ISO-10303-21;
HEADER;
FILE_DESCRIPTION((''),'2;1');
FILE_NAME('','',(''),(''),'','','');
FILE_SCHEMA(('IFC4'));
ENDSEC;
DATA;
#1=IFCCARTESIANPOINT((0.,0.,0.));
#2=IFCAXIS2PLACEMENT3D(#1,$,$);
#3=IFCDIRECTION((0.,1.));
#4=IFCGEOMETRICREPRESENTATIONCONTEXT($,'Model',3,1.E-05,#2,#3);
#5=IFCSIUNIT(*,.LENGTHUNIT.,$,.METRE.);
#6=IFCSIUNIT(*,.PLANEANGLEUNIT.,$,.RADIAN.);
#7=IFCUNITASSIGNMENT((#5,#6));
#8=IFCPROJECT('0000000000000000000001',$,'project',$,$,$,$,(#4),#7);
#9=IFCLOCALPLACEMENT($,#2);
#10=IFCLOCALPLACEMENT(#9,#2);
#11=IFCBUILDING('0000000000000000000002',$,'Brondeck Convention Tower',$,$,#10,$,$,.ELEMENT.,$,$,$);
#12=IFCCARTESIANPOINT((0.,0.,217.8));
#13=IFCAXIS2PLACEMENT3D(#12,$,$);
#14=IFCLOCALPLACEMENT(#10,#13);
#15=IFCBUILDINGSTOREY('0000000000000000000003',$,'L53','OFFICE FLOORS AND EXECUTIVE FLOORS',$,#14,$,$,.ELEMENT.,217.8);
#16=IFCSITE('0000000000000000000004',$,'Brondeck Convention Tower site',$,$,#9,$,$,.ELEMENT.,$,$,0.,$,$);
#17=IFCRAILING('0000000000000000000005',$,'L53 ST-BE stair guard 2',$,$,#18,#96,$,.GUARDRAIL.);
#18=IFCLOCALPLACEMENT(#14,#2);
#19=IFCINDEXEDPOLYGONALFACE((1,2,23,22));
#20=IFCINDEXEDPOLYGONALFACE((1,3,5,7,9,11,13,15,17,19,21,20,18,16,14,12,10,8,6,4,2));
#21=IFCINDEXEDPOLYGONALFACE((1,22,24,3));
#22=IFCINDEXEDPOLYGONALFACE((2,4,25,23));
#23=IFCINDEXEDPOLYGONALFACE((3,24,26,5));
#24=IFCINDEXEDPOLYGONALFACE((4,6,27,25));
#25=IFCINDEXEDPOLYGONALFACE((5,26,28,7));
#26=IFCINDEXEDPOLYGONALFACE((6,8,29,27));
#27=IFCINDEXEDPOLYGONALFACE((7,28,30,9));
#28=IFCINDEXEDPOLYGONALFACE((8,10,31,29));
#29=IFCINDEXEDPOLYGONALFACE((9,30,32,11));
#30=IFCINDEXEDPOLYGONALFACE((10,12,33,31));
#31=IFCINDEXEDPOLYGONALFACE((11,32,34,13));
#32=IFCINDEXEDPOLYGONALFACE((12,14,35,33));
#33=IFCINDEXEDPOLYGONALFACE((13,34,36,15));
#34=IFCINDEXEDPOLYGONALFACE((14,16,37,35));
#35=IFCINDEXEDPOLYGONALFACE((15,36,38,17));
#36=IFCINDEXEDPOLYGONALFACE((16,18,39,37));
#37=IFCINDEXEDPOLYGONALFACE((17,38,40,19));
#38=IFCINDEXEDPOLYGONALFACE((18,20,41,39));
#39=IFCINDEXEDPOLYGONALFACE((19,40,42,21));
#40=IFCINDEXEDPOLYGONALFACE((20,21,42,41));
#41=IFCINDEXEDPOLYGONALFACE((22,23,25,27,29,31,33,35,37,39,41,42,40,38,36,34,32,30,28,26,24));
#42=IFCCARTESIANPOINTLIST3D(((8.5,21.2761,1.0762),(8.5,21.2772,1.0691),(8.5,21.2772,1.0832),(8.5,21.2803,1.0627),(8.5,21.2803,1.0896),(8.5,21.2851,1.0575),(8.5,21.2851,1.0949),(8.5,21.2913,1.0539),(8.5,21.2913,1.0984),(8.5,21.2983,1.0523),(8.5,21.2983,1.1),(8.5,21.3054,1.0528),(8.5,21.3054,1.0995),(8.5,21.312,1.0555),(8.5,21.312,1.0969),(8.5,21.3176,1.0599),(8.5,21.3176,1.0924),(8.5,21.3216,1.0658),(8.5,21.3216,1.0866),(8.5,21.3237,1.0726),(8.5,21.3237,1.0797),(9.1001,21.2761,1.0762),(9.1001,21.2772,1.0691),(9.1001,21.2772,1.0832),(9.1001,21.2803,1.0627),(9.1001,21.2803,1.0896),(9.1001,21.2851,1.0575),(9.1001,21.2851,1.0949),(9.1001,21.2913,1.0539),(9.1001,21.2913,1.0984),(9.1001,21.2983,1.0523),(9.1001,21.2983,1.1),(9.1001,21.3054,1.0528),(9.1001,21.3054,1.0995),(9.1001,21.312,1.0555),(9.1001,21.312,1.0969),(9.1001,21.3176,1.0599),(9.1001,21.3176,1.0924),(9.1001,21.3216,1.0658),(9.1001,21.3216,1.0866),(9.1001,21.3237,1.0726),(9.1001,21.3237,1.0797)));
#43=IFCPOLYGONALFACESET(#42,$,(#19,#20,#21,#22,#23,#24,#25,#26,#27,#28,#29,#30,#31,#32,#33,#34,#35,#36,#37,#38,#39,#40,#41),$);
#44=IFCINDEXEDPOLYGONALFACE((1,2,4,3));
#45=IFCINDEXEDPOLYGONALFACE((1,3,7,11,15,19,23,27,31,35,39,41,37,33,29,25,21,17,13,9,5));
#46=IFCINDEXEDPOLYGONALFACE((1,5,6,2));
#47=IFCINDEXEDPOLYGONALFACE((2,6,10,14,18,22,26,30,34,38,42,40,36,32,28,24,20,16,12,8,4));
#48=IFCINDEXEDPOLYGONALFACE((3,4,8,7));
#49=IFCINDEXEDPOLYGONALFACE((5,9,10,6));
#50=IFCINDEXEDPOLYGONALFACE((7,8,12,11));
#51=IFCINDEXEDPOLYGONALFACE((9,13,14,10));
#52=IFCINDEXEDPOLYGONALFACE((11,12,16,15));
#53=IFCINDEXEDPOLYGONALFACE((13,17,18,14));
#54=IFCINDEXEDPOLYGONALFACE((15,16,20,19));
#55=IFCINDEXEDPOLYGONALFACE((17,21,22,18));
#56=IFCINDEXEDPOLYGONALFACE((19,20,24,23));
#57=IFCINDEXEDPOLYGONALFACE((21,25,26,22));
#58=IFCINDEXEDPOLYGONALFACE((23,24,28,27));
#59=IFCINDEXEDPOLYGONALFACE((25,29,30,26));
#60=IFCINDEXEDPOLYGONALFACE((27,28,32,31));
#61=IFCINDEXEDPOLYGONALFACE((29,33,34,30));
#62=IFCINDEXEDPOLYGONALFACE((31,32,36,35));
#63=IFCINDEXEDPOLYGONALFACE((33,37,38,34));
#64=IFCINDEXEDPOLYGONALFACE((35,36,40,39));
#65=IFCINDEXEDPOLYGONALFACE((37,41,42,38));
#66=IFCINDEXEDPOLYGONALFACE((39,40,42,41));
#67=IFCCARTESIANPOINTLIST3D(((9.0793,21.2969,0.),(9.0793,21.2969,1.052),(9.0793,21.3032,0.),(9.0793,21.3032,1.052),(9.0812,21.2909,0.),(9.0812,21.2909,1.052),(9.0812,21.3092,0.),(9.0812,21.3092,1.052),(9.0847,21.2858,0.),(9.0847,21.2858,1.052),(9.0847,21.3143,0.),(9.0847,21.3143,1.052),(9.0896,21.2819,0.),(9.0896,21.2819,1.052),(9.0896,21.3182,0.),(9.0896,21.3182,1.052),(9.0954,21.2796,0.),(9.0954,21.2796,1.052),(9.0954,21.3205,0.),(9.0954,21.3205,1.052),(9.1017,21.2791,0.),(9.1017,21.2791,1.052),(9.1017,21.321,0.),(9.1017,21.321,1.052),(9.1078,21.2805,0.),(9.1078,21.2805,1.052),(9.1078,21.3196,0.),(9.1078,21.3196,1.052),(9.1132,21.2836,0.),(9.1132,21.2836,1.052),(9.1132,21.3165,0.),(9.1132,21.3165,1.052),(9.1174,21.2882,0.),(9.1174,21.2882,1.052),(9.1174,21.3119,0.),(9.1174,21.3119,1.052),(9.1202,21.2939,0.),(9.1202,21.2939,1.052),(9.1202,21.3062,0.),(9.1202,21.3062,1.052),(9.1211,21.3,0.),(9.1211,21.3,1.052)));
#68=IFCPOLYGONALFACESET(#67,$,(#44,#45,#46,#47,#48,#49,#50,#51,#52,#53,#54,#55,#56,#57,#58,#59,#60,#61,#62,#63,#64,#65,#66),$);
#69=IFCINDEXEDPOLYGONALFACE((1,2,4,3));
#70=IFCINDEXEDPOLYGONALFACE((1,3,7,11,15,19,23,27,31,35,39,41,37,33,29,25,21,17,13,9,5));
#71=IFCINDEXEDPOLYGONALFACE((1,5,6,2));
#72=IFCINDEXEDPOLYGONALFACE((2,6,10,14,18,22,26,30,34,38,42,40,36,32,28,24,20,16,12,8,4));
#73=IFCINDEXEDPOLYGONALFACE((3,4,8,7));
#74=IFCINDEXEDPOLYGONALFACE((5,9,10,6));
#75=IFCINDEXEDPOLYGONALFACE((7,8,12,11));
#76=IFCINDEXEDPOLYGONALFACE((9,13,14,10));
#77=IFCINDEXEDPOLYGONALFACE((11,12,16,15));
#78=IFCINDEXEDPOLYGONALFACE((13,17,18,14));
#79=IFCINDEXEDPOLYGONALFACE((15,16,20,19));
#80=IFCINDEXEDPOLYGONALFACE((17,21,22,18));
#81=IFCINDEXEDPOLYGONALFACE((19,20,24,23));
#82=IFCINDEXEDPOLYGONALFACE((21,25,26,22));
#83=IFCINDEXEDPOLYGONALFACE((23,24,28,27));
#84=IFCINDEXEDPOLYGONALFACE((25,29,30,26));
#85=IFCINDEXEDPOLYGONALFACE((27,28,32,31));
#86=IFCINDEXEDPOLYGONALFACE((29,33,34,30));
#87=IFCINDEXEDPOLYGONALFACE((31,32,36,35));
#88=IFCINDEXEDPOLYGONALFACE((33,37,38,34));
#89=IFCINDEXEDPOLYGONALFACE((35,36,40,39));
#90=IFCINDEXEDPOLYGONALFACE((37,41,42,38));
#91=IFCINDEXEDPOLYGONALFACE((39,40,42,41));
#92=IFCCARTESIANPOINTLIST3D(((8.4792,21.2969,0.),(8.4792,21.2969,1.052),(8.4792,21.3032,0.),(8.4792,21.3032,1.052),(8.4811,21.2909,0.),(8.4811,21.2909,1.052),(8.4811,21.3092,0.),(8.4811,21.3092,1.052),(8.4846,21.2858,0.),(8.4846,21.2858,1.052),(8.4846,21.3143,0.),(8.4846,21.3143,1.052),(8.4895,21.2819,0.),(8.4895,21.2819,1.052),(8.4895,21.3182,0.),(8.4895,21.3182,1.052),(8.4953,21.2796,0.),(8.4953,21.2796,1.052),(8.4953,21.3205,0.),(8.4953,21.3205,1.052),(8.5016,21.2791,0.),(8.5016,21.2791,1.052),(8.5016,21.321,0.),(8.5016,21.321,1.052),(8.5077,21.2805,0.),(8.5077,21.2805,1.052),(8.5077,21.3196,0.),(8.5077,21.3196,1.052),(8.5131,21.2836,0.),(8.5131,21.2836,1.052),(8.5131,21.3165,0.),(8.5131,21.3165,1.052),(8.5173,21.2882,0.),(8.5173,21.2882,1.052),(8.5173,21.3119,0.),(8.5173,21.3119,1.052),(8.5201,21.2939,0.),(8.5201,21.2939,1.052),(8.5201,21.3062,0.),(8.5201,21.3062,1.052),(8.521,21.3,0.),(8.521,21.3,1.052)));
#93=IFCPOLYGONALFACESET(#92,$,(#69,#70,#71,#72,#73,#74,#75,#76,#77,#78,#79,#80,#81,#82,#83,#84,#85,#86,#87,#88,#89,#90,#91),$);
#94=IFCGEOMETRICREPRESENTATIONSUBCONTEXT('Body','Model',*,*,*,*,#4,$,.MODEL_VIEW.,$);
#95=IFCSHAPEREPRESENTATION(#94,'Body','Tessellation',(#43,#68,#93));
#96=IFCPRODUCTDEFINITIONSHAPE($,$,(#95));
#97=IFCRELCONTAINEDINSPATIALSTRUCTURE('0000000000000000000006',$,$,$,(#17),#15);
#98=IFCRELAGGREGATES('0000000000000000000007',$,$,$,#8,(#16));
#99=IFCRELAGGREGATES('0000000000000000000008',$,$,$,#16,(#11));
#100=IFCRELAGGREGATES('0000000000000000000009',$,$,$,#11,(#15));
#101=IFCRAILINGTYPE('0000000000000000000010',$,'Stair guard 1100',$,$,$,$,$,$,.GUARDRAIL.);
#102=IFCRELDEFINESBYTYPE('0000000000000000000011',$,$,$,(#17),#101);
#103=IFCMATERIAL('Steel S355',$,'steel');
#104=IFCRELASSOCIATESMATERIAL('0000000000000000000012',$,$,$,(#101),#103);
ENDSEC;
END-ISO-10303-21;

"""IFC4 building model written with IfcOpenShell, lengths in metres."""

from ifc_helpers import new_model, si_unit, direction, frame, origin, origin_2d, place, context, subcontext, project, spatial, circle, extrude, material, type_object, element, save


model = new_model("IFC4")

# Units and contexts
model_context = context("Model", 3, precision=1e-05, world=origin(), true_north=direction((0.0, 1.0)))
body_context = subcontext(model_context, "Body", "Model", "MODEL_VIEW")
ifc_project = project(units=[si_unit("LENGTHUNIT", "METRE"), si_unit("PLANEANGLEUNIT", "RADIAN")], contexts=[model_context])

# Site, building, storey
site_placement = place(None, origin())
site = spatial("IfcSite", under=ifc_project, at=site_placement, Name="Brondeck Convention Tower site", CompositionType="ELEMENT", RefElevation=0.0)
building_placement = place(site_placement, origin())
building = spatial("IfcBuilding", under=site, at=building_placement, Name="Brondeck Convention Tower", CompositionType="ELEMENT")
storey_placement = place(building_placement, frame((0.0, 0.0, 217.8)))
storey = spatial("IfcBuildingStorey", under=building, at=storey_placement, Name="L53", Description="OFFICE FLOORS AND EXECUTIVE FLOORS", CompositionType="ELEMENT", Elevation=217.8)

# Railing
ifc_material_1 = material(Name="Steel S355", Category="steel")
railing_type = type_object("IfcRailingType", Name="Stair guard 1100", PredefinedType="GUARDRAIL", material=ifc_material_1)
railing_placement = place(storey_placement, frame((9.1001, 21.3, 0.0)))
element("IfcRailing", 1, at=railing_placement, inside=storey, type_object=railing_type, Name="L53 ST-BE stair guard 2", PredefinedType="GUARDRAIL", context=body_context, shape_type="SweptSolid", body=[
    extrude(circle(Radius=0.0239, at=origin_2d()), frame((0.0, 0.0, 1.0762), z_axis=(-1.0, 0.0, 0.0), x_axis=(0.0, -1.0, 0.0)), (0.0, 0.0, 1.0), 0.6001),
    extrude(circle(Radius=0.021, at=origin_2d()), origin(), (0.0, 0.0, 1.0), 1.052),
    extrude(circle(Radius=0.021, at=origin_2d()), frame((-0.6001, 0.0, 0.0)), (0.0, 0.0, 1.0), 1.052),
])

save(model, "model.ifc")
